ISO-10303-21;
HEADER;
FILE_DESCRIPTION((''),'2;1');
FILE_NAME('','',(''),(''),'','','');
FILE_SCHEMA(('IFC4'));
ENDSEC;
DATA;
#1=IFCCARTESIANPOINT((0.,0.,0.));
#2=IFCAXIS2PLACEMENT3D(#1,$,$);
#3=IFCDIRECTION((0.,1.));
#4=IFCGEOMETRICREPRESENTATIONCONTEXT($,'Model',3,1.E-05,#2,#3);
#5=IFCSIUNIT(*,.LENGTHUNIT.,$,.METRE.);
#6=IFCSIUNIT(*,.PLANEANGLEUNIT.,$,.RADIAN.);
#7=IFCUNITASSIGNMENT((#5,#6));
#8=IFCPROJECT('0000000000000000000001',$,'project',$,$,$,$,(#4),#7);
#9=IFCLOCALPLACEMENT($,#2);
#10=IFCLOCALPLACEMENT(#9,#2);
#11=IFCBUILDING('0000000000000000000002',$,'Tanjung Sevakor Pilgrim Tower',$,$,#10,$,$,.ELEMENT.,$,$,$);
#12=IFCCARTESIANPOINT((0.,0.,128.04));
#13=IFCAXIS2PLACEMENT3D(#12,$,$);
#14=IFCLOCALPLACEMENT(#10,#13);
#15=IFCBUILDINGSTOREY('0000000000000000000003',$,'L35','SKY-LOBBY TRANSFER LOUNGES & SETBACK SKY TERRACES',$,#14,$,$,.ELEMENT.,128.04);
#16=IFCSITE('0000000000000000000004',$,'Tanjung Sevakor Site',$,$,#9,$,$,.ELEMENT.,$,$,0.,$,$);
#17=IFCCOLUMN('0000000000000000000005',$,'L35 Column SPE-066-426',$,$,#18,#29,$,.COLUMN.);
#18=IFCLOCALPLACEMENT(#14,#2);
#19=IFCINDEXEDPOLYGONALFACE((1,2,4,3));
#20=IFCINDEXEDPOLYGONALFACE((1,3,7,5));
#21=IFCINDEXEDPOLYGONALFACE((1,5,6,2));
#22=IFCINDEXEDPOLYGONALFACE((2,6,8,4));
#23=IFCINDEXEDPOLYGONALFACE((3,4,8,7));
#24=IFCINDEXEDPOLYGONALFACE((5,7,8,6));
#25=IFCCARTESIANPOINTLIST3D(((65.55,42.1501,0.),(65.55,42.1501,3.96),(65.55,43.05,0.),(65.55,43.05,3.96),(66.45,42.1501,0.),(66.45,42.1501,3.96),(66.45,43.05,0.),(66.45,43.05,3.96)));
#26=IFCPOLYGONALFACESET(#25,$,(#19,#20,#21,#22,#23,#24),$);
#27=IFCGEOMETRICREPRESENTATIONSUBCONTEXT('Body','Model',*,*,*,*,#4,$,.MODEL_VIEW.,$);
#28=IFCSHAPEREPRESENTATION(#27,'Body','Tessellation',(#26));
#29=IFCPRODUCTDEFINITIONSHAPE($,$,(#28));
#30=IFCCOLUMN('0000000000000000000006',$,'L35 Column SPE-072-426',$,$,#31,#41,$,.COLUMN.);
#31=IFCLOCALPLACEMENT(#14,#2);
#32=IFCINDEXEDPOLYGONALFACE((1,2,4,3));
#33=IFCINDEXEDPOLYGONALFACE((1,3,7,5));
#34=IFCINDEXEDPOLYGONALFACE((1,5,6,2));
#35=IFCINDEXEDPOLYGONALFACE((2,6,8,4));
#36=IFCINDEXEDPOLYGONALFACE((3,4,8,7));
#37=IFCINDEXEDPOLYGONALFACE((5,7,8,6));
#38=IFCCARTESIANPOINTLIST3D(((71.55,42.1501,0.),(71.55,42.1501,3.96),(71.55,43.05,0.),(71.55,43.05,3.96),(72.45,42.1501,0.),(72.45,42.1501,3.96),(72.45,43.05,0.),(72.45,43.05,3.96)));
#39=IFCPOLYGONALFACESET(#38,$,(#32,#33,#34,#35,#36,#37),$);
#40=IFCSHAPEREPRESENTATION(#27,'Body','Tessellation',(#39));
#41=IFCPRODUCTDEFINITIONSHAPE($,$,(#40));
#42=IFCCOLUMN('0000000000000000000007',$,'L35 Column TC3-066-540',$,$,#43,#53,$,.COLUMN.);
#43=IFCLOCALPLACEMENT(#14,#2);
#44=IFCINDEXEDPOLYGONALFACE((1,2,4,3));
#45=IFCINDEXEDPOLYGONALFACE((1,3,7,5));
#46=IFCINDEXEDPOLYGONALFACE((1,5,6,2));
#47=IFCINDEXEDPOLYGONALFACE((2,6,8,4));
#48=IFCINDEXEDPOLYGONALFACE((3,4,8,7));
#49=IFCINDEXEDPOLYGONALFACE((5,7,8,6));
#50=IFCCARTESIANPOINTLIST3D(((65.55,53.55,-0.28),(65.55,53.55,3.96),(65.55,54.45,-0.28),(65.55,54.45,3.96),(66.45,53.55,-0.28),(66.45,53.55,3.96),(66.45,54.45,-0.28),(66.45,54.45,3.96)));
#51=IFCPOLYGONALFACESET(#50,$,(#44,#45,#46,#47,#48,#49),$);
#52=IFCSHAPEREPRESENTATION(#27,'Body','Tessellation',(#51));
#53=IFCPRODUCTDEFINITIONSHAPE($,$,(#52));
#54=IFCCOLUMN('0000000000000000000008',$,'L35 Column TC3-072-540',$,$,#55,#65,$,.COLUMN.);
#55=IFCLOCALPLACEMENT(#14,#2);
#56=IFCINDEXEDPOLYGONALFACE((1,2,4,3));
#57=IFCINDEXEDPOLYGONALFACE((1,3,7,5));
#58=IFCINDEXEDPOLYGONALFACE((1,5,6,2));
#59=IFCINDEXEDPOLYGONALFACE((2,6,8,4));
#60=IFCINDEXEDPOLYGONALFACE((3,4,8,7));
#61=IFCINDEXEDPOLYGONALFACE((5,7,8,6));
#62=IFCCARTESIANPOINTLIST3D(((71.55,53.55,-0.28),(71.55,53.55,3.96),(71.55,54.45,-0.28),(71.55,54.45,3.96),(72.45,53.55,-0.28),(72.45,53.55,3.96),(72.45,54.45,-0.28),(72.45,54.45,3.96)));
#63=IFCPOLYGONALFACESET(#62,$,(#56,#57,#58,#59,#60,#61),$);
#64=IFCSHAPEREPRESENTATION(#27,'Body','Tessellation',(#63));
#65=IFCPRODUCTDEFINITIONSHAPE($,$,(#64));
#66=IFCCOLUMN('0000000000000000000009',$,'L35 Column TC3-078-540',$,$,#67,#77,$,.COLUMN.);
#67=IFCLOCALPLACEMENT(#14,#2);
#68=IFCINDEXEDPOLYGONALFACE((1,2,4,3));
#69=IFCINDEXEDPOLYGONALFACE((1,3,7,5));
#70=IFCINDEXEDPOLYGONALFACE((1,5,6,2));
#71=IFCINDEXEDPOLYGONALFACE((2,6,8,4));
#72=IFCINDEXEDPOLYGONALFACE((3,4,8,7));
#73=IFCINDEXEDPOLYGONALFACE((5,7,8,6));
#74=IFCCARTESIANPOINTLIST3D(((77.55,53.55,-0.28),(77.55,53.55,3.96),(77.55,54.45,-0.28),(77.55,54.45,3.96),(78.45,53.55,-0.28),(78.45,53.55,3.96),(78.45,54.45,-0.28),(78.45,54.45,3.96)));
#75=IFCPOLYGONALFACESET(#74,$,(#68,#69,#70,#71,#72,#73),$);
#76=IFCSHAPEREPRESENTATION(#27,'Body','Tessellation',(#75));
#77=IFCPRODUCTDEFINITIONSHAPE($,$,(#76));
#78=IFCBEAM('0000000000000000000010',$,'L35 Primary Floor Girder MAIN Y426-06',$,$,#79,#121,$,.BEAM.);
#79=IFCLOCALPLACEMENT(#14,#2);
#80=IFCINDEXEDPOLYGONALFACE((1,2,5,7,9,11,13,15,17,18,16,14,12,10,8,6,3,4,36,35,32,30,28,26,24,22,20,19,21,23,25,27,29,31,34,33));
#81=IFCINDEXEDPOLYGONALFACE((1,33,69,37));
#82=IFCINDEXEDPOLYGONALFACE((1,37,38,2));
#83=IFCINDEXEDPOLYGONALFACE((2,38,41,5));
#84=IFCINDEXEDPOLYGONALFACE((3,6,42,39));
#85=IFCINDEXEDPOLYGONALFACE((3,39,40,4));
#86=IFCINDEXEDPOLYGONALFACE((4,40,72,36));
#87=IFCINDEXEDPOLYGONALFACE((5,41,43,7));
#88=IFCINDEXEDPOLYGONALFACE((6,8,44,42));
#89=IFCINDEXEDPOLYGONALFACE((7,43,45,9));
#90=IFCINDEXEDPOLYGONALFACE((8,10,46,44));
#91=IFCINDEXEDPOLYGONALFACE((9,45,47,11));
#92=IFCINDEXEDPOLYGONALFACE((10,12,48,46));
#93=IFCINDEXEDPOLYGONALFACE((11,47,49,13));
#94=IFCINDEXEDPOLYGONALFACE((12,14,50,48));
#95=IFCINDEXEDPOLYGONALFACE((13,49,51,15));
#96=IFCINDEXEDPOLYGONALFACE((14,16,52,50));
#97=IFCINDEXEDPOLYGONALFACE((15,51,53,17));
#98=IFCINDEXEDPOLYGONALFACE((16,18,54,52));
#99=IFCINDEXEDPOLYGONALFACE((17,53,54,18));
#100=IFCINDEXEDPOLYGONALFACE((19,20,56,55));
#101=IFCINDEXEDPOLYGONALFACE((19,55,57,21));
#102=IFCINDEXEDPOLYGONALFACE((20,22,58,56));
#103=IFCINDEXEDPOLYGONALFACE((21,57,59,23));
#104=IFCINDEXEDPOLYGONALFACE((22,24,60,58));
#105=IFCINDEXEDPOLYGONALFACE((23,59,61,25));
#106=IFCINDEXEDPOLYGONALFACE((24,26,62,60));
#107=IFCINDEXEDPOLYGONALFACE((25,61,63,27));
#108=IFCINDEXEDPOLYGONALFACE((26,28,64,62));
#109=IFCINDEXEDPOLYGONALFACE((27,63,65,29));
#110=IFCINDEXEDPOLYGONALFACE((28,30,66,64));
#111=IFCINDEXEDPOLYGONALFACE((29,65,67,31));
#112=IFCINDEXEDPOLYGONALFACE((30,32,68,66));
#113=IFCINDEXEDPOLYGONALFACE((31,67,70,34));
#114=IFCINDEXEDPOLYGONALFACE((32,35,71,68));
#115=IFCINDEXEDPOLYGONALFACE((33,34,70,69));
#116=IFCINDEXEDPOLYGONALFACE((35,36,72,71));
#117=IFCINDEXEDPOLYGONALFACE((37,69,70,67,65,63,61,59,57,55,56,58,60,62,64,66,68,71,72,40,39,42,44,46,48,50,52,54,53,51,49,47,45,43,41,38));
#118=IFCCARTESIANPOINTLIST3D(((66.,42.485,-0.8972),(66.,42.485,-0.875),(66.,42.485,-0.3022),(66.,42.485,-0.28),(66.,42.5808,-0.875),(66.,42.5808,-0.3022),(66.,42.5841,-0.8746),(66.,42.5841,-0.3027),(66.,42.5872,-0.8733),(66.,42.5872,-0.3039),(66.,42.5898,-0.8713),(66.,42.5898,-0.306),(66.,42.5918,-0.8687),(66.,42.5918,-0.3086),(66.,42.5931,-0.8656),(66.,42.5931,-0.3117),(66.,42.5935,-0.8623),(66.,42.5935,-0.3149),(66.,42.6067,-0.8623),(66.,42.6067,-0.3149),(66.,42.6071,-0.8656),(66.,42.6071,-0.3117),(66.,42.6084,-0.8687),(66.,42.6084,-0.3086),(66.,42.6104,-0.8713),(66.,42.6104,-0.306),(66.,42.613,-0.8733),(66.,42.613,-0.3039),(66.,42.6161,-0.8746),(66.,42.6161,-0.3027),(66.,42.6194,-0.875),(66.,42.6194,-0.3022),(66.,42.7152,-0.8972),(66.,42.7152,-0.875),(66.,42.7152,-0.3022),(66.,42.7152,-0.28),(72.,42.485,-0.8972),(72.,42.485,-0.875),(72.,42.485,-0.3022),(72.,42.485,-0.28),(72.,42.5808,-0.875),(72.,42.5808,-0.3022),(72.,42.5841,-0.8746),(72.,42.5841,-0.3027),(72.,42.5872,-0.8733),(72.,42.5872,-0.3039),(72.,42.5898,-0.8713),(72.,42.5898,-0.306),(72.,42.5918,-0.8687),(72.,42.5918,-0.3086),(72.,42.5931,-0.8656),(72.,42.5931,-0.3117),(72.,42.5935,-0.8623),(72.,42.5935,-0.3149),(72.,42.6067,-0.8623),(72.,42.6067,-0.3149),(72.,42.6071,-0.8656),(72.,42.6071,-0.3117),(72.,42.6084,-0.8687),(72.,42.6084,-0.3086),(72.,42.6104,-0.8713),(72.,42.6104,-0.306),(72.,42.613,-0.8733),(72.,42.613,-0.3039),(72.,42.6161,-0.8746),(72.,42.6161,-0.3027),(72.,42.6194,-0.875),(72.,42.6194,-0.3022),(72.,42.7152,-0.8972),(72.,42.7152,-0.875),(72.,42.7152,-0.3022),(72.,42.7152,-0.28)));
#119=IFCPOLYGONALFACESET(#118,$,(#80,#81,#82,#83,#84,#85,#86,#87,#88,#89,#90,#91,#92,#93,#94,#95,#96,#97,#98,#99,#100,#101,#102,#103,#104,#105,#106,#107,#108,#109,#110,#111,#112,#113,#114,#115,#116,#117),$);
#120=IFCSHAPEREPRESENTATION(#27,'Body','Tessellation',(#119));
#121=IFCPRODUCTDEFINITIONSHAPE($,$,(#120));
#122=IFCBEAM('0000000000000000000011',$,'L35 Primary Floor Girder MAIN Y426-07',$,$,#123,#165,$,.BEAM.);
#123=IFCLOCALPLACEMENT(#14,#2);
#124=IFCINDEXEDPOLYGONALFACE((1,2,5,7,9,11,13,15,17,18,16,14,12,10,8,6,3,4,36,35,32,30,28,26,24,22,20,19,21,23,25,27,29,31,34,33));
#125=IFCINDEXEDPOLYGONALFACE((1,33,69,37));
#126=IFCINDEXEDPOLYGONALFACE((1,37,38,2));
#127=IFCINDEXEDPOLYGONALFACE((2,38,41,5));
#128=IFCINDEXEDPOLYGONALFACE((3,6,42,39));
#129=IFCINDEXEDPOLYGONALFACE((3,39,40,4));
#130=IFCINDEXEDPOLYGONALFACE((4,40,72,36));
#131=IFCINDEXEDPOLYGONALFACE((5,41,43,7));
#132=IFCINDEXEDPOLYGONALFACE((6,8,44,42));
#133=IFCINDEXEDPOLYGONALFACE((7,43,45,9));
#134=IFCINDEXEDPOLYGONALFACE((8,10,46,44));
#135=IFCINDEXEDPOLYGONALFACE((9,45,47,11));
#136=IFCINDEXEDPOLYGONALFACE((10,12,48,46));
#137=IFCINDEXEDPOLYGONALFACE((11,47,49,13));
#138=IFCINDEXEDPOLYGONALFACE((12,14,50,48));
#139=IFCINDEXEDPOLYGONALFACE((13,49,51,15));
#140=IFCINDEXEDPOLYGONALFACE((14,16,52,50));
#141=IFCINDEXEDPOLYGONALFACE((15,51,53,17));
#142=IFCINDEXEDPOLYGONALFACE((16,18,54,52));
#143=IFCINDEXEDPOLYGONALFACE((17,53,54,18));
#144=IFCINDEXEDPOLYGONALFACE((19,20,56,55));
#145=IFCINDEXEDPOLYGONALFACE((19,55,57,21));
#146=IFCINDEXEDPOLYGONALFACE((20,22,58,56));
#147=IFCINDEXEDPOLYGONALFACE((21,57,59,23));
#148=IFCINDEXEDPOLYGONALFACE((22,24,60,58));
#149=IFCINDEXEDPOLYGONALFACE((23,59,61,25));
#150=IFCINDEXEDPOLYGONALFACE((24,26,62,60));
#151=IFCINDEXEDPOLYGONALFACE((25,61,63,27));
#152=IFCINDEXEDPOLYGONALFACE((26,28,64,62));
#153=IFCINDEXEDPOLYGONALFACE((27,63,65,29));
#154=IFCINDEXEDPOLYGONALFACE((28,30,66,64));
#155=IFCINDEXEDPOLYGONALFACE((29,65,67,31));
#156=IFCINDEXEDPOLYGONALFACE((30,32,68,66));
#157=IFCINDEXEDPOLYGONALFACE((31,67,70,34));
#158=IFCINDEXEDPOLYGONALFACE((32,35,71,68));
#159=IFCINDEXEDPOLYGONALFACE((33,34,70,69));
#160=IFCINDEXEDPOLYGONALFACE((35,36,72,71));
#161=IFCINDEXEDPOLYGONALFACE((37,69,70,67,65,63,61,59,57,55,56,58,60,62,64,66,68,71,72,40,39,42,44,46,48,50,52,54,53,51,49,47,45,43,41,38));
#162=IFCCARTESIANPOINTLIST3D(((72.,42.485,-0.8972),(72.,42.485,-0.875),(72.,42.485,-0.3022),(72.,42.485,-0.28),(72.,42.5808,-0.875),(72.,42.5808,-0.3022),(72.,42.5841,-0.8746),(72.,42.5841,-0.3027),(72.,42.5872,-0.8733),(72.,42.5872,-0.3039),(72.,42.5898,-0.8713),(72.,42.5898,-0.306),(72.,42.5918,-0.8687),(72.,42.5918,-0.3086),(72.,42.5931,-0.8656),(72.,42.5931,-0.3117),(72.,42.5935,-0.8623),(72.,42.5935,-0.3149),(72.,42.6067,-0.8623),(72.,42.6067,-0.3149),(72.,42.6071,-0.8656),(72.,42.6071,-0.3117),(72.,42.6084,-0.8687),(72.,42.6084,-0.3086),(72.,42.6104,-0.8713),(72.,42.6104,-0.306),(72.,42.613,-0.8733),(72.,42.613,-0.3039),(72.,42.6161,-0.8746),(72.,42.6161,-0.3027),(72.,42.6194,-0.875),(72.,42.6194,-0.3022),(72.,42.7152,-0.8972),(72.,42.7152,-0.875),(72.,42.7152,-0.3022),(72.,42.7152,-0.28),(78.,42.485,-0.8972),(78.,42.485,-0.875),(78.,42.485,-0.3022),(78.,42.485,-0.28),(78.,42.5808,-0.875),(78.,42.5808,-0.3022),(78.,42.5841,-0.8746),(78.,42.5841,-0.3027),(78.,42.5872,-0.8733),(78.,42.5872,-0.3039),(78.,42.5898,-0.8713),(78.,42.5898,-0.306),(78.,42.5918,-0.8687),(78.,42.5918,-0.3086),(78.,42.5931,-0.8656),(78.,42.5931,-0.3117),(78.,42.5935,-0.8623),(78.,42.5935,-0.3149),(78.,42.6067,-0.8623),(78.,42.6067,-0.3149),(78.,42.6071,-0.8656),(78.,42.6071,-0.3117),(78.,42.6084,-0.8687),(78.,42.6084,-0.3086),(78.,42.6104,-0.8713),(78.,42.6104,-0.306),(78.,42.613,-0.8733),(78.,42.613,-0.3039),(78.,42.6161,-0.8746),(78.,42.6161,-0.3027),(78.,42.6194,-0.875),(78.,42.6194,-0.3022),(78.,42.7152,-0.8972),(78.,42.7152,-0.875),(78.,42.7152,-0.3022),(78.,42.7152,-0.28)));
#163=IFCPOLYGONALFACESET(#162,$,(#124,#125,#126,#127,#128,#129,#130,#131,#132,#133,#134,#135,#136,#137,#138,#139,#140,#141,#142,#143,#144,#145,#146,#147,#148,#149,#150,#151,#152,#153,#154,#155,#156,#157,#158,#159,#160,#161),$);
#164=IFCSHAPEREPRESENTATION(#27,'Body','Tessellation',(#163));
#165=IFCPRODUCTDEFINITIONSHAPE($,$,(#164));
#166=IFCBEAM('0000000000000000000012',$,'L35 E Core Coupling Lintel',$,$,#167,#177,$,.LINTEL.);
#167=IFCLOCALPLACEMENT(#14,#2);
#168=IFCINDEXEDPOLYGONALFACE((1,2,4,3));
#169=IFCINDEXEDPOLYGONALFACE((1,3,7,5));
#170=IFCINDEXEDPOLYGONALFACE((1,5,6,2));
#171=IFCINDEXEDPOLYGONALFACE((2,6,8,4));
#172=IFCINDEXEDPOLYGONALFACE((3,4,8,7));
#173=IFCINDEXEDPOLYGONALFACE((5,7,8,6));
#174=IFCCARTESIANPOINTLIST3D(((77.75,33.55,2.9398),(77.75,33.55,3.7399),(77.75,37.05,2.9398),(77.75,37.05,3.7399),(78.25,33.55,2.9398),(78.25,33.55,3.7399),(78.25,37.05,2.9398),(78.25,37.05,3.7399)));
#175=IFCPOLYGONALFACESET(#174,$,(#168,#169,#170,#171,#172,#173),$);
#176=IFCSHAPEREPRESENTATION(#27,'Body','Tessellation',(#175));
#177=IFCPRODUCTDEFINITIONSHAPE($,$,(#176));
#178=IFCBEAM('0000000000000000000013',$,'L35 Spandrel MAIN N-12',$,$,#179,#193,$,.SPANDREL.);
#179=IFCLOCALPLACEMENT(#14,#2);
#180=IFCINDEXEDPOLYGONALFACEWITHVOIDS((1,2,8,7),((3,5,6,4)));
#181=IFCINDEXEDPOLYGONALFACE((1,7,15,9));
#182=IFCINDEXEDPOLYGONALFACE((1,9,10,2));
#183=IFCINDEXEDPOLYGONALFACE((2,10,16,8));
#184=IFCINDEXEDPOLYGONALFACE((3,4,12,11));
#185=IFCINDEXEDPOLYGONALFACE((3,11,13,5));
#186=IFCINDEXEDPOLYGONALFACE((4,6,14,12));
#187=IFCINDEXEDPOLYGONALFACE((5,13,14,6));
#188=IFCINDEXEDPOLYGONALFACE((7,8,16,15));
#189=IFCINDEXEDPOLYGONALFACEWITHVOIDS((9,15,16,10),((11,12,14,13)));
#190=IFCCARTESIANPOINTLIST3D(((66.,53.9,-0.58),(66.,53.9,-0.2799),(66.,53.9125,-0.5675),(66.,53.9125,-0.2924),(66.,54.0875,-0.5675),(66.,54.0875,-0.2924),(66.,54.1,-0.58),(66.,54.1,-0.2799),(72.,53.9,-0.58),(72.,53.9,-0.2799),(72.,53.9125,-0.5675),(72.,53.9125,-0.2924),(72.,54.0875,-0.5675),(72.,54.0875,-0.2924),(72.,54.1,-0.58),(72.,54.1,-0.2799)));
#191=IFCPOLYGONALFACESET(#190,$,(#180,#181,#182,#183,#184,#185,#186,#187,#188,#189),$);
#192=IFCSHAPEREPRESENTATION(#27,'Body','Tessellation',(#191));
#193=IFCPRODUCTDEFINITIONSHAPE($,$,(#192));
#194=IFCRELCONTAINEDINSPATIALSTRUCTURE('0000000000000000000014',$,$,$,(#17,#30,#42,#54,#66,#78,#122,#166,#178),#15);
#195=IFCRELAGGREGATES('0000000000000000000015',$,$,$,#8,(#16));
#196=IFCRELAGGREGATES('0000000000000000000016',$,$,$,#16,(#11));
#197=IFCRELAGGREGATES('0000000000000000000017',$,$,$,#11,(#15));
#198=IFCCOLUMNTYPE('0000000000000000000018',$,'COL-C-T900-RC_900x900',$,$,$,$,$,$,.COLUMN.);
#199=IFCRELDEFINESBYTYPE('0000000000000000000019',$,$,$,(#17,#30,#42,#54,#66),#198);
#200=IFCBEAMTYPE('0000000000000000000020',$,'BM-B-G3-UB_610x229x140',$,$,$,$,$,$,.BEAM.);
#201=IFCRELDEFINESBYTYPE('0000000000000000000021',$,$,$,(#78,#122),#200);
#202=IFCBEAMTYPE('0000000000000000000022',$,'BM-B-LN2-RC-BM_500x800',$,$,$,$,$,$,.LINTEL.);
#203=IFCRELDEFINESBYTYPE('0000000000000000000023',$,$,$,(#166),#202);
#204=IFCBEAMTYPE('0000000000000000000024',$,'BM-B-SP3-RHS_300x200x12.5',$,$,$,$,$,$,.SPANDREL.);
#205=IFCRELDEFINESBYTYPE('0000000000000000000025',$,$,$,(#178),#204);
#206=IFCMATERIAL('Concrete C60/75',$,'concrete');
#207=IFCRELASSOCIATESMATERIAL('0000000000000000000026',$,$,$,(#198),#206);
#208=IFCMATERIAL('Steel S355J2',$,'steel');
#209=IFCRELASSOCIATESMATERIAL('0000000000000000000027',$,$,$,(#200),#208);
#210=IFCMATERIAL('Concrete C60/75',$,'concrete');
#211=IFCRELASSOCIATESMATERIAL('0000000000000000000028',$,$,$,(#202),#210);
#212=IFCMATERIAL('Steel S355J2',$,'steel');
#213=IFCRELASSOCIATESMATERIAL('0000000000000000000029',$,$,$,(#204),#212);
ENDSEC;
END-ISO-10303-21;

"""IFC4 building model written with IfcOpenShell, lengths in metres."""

from ifc_helpers import new_model, si_unit, direction, frame, origin, origin_2d, place, context, subcontext, project, spatial, rectangle, hollow_rectangle, i_section, extrude, material, material_profile, profile_set, type_object, element, save


model = new_model("IFC4")

# Units and contexts
model_context = context("Model", 3, precision=1e-05, world=origin(), true_north=direction((0.0, 1.0)))
body_context = subcontext(model_context, "Body", "Model", "MODEL_VIEW")
ifc_project = project(units=[si_unit("LENGTHUNIT", "METRE"), si_unit("PLANEANGLEUNIT", "RADIAN")], contexts=[model_context])

# Site, building, storey
site_placement = place(None, origin())
site = spatial("IfcSite", under=ifc_project, at=site_placement, Name="Tanjung Sevakor Site", CompositionType="ELEMENT", RefElevation=0.0)
building_placement = place(site_placement, origin())
building = spatial("IfcBuilding", under=site, at=building_placement, Name="Tanjung Sevakor Pilgrim Tower", CompositionType="ELEMENT")
storey_placement = place(building_placement, frame((0.0, 0.0, 128.04)))
storey = spatial("IfcBuildingStorey", under=building, at=storey_placement, Name="L35", Description="SKY-LOBBY TRANSFER LOUNGES & SETBACK SKY TERRACES", CompositionType="ELEMENT", Elevation=128.04)

# Columns
ifc_material_1 = material(Name="Concrete C60/75", Category="concrete")
ifc_material_profile_1 = material_profile(ifc_material_1, rectangle(XDim=0.8999, YDim=0.8999, at=origin_2d()))
ifc_profile_set_1 = profile_set([ifc_material_profile_1], Name="Concrete C60/75")
column_type = type_object("IfcColumnType", Name="COL-C-T900-RC_900x900", PredefinedType="COLUMN", material=ifc_profile_set_1)
for number, where, z_axis, x_axis, name in (
    (1, (66.0, 42.6001, 0.0), (0.0, 0.0, 1.0), (1.0, 0.0, 0.0), "L35 Column SPE-066-426"),
    (2, (72.0, 42.6001, 0.0), (0.0, 0.0, 1.0), (1.0, 0.0, 0.0), "L35 Column SPE-072-426"),
):
    element("IfcColumn", number, at=place(storey_placement, frame(where, z_axis=z_axis, x_axis=x_axis)), inside=storey, type_object=column_type, Name=name, PredefinedType="COLUMN", context=body_context, shape_type="SweptSolid", body=[
        extrude(rectangle(XDim=0.8999, YDim=0.8999, at=origin_2d()), origin(), (0.0, 0.0, 1.0), 3.96),
    ])
for number, where, z_axis, x_axis, name in (
    (3, (66.0, 54.0, -0.28), (0.0, 0.0, 1.0), (1.0, 0.0, 0.0), "L35 Column TC3-066-540"),
    (4, (72.0, 54.0, -0.28), (0.0, 0.0, 1.0), (1.0, 0.0, 0.0), "L35 Column TC3-072-540"),
    (5, (78.0, 54.0, -0.28), (0.0, 0.0, 1.0), (1.0, 0.0, 0.0), "L35 Column TC3-078-540"),
):
    element("IfcColumn", number, at=place(storey_placement, frame(where, z_axis=z_axis, x_axis=x_axis)), inside=storey, type_object=column_type, Name=name, PredefinedType="COLUMN", context=body_context, shape_type="SweptSolid", body=[
        extrude(rectangle(XDim=0.8999, YDim=0.8999, at=origin_2d()), origin(), (0.0, 0.0, 1.0), 4.24),
    ])

# Beams
ifc_material_2 = material(Name="Steel S355J2", Category="steel")
ifc_material_profile_2 = material_profile(ifc_material_2, i_section(OverallWidth=0.2302, OverallDepth=0.6172, WebThickness=0.0132, FlangeThickness=0.0222, FilletRadius=0.0127, at=origin_2d()))
ifc_profile_set_2 = profile_set([ifc_material_profile_2], Name="Steel S355J2")
beam_type_1 = type_object("IfcBeamType", Name="BM-B-G3-UB_610x229x140", PredefinedType="BEAM", material=ifc_profile_set_2)
for number, where, z_axis, x_axis, name in (
    (6, (66.0, 42.6001, -0.5886), (1.0, 0.0, 0.0), (0.0, 1.0, 0.0), "L35 Primary Floor Girder MAIN Y426-06"),
    (7, (72.0, 42.6001, -0.5886), (1.0, 0.0, 0.0), (0.0, 1.0, 0.0), "L35 Primary Floor Girder MAIN Y426-07"),
):
    element("IfcBeam", number, at=place(storey_placement, frame(where, z_axis=z_axis, x_axis=x_axis)), inside=storey, type_object=beam_type_1, Name=name, PredefinedType="BEAM", context=body_context, shape_type="SweptSolid", body=[
        extrude(i_section(OverallWidth=0.2302, OverallDepth=0.6172, WebThickness=0.0132, FlangeThickness=0.0222, FilletRadius=0.0127, at=origin_2d()), origin(), (0.0, 0.0, 1.0), 6.0),
    ])
ifc_material_3 = material(Name="Concrete C60/75", Category="concrete")
ifc_material_profile_3 = material_profile(ifc_material_3, rectangle(XDim=0.5, YDim=0.8, at=origin_2d()))
ifc_profile_set_3 = profile_set([ifc_material_profile_3], Name="Concrete C60/75")
beam_type_2 = type_object("IfcBeamType", Name="BM-B-LN2-RC-BM_500x800", PredefinedType="LINTEL", material=ifc_profile_set_3)
beam_placement = place(storey_placement, frame((78.0, 33.55, 3.3398), z_axis=(0.0, 1.0, 0.0), x_axis=(-1.0, 0.0, 0.0)))
element("IfcBeam", 8, at=beam_placement, inside=storey, type_object=beam_type_2, Name="L35 E Core Coupling Lintel", PredefinedType="LINTEL", context=body_context, shape_type="SweptSolid", body=[
    extrude(rectangle(XDim=0.5, YDim=0.8, at=origin_2d()), origin(), (0.0, 0.0, 1.0), 3.5),
])
ifc_material_4 = material(Name="Steel S355J2", Category="steel")
ifc_material_profile_4 = material_profile(ifc_material_4, hollow_rectangle(XDim=0.2, YDim=0.3, WallThickness=0.0125, at=origin_2d()))
ifc_profile_set_4 = profile_set([ifc_material_profile_4], Name="Steel S355J2")
beam_type_3 = type_object("IfcBeamType", Name="BM-B-SP3-RHS_300x200x12.5", PredefinedType="SPANDREL", material=ifc_profile_set_4)
for number, where, z_axis, x_axis, name in (
    (9, (66.0, 54.0, -0.4299), (1.0, 0.0, 0.0), (0.0, 1.0, 0.0), "L35 Spandrel MAIN N-12"),
):
    element("IfcBeam", number, at=place(storey_placement, frame(where, z_axis=z_axis, x_axis=x_axis)), inside=storey, type_object=beam_type_3, Name=name, PredefinedType="SPANDREL", context=body_context, shape_type="SweptSolid", body=[
        extrude(hollow_rectangle(XDim=0.2, YDim=0.3, WallThickness=0.0125, at=origin_2d()), origin(), (0.0, 0.0, 1.0), 6.0),
    ])

save(model, "model.ifc")
